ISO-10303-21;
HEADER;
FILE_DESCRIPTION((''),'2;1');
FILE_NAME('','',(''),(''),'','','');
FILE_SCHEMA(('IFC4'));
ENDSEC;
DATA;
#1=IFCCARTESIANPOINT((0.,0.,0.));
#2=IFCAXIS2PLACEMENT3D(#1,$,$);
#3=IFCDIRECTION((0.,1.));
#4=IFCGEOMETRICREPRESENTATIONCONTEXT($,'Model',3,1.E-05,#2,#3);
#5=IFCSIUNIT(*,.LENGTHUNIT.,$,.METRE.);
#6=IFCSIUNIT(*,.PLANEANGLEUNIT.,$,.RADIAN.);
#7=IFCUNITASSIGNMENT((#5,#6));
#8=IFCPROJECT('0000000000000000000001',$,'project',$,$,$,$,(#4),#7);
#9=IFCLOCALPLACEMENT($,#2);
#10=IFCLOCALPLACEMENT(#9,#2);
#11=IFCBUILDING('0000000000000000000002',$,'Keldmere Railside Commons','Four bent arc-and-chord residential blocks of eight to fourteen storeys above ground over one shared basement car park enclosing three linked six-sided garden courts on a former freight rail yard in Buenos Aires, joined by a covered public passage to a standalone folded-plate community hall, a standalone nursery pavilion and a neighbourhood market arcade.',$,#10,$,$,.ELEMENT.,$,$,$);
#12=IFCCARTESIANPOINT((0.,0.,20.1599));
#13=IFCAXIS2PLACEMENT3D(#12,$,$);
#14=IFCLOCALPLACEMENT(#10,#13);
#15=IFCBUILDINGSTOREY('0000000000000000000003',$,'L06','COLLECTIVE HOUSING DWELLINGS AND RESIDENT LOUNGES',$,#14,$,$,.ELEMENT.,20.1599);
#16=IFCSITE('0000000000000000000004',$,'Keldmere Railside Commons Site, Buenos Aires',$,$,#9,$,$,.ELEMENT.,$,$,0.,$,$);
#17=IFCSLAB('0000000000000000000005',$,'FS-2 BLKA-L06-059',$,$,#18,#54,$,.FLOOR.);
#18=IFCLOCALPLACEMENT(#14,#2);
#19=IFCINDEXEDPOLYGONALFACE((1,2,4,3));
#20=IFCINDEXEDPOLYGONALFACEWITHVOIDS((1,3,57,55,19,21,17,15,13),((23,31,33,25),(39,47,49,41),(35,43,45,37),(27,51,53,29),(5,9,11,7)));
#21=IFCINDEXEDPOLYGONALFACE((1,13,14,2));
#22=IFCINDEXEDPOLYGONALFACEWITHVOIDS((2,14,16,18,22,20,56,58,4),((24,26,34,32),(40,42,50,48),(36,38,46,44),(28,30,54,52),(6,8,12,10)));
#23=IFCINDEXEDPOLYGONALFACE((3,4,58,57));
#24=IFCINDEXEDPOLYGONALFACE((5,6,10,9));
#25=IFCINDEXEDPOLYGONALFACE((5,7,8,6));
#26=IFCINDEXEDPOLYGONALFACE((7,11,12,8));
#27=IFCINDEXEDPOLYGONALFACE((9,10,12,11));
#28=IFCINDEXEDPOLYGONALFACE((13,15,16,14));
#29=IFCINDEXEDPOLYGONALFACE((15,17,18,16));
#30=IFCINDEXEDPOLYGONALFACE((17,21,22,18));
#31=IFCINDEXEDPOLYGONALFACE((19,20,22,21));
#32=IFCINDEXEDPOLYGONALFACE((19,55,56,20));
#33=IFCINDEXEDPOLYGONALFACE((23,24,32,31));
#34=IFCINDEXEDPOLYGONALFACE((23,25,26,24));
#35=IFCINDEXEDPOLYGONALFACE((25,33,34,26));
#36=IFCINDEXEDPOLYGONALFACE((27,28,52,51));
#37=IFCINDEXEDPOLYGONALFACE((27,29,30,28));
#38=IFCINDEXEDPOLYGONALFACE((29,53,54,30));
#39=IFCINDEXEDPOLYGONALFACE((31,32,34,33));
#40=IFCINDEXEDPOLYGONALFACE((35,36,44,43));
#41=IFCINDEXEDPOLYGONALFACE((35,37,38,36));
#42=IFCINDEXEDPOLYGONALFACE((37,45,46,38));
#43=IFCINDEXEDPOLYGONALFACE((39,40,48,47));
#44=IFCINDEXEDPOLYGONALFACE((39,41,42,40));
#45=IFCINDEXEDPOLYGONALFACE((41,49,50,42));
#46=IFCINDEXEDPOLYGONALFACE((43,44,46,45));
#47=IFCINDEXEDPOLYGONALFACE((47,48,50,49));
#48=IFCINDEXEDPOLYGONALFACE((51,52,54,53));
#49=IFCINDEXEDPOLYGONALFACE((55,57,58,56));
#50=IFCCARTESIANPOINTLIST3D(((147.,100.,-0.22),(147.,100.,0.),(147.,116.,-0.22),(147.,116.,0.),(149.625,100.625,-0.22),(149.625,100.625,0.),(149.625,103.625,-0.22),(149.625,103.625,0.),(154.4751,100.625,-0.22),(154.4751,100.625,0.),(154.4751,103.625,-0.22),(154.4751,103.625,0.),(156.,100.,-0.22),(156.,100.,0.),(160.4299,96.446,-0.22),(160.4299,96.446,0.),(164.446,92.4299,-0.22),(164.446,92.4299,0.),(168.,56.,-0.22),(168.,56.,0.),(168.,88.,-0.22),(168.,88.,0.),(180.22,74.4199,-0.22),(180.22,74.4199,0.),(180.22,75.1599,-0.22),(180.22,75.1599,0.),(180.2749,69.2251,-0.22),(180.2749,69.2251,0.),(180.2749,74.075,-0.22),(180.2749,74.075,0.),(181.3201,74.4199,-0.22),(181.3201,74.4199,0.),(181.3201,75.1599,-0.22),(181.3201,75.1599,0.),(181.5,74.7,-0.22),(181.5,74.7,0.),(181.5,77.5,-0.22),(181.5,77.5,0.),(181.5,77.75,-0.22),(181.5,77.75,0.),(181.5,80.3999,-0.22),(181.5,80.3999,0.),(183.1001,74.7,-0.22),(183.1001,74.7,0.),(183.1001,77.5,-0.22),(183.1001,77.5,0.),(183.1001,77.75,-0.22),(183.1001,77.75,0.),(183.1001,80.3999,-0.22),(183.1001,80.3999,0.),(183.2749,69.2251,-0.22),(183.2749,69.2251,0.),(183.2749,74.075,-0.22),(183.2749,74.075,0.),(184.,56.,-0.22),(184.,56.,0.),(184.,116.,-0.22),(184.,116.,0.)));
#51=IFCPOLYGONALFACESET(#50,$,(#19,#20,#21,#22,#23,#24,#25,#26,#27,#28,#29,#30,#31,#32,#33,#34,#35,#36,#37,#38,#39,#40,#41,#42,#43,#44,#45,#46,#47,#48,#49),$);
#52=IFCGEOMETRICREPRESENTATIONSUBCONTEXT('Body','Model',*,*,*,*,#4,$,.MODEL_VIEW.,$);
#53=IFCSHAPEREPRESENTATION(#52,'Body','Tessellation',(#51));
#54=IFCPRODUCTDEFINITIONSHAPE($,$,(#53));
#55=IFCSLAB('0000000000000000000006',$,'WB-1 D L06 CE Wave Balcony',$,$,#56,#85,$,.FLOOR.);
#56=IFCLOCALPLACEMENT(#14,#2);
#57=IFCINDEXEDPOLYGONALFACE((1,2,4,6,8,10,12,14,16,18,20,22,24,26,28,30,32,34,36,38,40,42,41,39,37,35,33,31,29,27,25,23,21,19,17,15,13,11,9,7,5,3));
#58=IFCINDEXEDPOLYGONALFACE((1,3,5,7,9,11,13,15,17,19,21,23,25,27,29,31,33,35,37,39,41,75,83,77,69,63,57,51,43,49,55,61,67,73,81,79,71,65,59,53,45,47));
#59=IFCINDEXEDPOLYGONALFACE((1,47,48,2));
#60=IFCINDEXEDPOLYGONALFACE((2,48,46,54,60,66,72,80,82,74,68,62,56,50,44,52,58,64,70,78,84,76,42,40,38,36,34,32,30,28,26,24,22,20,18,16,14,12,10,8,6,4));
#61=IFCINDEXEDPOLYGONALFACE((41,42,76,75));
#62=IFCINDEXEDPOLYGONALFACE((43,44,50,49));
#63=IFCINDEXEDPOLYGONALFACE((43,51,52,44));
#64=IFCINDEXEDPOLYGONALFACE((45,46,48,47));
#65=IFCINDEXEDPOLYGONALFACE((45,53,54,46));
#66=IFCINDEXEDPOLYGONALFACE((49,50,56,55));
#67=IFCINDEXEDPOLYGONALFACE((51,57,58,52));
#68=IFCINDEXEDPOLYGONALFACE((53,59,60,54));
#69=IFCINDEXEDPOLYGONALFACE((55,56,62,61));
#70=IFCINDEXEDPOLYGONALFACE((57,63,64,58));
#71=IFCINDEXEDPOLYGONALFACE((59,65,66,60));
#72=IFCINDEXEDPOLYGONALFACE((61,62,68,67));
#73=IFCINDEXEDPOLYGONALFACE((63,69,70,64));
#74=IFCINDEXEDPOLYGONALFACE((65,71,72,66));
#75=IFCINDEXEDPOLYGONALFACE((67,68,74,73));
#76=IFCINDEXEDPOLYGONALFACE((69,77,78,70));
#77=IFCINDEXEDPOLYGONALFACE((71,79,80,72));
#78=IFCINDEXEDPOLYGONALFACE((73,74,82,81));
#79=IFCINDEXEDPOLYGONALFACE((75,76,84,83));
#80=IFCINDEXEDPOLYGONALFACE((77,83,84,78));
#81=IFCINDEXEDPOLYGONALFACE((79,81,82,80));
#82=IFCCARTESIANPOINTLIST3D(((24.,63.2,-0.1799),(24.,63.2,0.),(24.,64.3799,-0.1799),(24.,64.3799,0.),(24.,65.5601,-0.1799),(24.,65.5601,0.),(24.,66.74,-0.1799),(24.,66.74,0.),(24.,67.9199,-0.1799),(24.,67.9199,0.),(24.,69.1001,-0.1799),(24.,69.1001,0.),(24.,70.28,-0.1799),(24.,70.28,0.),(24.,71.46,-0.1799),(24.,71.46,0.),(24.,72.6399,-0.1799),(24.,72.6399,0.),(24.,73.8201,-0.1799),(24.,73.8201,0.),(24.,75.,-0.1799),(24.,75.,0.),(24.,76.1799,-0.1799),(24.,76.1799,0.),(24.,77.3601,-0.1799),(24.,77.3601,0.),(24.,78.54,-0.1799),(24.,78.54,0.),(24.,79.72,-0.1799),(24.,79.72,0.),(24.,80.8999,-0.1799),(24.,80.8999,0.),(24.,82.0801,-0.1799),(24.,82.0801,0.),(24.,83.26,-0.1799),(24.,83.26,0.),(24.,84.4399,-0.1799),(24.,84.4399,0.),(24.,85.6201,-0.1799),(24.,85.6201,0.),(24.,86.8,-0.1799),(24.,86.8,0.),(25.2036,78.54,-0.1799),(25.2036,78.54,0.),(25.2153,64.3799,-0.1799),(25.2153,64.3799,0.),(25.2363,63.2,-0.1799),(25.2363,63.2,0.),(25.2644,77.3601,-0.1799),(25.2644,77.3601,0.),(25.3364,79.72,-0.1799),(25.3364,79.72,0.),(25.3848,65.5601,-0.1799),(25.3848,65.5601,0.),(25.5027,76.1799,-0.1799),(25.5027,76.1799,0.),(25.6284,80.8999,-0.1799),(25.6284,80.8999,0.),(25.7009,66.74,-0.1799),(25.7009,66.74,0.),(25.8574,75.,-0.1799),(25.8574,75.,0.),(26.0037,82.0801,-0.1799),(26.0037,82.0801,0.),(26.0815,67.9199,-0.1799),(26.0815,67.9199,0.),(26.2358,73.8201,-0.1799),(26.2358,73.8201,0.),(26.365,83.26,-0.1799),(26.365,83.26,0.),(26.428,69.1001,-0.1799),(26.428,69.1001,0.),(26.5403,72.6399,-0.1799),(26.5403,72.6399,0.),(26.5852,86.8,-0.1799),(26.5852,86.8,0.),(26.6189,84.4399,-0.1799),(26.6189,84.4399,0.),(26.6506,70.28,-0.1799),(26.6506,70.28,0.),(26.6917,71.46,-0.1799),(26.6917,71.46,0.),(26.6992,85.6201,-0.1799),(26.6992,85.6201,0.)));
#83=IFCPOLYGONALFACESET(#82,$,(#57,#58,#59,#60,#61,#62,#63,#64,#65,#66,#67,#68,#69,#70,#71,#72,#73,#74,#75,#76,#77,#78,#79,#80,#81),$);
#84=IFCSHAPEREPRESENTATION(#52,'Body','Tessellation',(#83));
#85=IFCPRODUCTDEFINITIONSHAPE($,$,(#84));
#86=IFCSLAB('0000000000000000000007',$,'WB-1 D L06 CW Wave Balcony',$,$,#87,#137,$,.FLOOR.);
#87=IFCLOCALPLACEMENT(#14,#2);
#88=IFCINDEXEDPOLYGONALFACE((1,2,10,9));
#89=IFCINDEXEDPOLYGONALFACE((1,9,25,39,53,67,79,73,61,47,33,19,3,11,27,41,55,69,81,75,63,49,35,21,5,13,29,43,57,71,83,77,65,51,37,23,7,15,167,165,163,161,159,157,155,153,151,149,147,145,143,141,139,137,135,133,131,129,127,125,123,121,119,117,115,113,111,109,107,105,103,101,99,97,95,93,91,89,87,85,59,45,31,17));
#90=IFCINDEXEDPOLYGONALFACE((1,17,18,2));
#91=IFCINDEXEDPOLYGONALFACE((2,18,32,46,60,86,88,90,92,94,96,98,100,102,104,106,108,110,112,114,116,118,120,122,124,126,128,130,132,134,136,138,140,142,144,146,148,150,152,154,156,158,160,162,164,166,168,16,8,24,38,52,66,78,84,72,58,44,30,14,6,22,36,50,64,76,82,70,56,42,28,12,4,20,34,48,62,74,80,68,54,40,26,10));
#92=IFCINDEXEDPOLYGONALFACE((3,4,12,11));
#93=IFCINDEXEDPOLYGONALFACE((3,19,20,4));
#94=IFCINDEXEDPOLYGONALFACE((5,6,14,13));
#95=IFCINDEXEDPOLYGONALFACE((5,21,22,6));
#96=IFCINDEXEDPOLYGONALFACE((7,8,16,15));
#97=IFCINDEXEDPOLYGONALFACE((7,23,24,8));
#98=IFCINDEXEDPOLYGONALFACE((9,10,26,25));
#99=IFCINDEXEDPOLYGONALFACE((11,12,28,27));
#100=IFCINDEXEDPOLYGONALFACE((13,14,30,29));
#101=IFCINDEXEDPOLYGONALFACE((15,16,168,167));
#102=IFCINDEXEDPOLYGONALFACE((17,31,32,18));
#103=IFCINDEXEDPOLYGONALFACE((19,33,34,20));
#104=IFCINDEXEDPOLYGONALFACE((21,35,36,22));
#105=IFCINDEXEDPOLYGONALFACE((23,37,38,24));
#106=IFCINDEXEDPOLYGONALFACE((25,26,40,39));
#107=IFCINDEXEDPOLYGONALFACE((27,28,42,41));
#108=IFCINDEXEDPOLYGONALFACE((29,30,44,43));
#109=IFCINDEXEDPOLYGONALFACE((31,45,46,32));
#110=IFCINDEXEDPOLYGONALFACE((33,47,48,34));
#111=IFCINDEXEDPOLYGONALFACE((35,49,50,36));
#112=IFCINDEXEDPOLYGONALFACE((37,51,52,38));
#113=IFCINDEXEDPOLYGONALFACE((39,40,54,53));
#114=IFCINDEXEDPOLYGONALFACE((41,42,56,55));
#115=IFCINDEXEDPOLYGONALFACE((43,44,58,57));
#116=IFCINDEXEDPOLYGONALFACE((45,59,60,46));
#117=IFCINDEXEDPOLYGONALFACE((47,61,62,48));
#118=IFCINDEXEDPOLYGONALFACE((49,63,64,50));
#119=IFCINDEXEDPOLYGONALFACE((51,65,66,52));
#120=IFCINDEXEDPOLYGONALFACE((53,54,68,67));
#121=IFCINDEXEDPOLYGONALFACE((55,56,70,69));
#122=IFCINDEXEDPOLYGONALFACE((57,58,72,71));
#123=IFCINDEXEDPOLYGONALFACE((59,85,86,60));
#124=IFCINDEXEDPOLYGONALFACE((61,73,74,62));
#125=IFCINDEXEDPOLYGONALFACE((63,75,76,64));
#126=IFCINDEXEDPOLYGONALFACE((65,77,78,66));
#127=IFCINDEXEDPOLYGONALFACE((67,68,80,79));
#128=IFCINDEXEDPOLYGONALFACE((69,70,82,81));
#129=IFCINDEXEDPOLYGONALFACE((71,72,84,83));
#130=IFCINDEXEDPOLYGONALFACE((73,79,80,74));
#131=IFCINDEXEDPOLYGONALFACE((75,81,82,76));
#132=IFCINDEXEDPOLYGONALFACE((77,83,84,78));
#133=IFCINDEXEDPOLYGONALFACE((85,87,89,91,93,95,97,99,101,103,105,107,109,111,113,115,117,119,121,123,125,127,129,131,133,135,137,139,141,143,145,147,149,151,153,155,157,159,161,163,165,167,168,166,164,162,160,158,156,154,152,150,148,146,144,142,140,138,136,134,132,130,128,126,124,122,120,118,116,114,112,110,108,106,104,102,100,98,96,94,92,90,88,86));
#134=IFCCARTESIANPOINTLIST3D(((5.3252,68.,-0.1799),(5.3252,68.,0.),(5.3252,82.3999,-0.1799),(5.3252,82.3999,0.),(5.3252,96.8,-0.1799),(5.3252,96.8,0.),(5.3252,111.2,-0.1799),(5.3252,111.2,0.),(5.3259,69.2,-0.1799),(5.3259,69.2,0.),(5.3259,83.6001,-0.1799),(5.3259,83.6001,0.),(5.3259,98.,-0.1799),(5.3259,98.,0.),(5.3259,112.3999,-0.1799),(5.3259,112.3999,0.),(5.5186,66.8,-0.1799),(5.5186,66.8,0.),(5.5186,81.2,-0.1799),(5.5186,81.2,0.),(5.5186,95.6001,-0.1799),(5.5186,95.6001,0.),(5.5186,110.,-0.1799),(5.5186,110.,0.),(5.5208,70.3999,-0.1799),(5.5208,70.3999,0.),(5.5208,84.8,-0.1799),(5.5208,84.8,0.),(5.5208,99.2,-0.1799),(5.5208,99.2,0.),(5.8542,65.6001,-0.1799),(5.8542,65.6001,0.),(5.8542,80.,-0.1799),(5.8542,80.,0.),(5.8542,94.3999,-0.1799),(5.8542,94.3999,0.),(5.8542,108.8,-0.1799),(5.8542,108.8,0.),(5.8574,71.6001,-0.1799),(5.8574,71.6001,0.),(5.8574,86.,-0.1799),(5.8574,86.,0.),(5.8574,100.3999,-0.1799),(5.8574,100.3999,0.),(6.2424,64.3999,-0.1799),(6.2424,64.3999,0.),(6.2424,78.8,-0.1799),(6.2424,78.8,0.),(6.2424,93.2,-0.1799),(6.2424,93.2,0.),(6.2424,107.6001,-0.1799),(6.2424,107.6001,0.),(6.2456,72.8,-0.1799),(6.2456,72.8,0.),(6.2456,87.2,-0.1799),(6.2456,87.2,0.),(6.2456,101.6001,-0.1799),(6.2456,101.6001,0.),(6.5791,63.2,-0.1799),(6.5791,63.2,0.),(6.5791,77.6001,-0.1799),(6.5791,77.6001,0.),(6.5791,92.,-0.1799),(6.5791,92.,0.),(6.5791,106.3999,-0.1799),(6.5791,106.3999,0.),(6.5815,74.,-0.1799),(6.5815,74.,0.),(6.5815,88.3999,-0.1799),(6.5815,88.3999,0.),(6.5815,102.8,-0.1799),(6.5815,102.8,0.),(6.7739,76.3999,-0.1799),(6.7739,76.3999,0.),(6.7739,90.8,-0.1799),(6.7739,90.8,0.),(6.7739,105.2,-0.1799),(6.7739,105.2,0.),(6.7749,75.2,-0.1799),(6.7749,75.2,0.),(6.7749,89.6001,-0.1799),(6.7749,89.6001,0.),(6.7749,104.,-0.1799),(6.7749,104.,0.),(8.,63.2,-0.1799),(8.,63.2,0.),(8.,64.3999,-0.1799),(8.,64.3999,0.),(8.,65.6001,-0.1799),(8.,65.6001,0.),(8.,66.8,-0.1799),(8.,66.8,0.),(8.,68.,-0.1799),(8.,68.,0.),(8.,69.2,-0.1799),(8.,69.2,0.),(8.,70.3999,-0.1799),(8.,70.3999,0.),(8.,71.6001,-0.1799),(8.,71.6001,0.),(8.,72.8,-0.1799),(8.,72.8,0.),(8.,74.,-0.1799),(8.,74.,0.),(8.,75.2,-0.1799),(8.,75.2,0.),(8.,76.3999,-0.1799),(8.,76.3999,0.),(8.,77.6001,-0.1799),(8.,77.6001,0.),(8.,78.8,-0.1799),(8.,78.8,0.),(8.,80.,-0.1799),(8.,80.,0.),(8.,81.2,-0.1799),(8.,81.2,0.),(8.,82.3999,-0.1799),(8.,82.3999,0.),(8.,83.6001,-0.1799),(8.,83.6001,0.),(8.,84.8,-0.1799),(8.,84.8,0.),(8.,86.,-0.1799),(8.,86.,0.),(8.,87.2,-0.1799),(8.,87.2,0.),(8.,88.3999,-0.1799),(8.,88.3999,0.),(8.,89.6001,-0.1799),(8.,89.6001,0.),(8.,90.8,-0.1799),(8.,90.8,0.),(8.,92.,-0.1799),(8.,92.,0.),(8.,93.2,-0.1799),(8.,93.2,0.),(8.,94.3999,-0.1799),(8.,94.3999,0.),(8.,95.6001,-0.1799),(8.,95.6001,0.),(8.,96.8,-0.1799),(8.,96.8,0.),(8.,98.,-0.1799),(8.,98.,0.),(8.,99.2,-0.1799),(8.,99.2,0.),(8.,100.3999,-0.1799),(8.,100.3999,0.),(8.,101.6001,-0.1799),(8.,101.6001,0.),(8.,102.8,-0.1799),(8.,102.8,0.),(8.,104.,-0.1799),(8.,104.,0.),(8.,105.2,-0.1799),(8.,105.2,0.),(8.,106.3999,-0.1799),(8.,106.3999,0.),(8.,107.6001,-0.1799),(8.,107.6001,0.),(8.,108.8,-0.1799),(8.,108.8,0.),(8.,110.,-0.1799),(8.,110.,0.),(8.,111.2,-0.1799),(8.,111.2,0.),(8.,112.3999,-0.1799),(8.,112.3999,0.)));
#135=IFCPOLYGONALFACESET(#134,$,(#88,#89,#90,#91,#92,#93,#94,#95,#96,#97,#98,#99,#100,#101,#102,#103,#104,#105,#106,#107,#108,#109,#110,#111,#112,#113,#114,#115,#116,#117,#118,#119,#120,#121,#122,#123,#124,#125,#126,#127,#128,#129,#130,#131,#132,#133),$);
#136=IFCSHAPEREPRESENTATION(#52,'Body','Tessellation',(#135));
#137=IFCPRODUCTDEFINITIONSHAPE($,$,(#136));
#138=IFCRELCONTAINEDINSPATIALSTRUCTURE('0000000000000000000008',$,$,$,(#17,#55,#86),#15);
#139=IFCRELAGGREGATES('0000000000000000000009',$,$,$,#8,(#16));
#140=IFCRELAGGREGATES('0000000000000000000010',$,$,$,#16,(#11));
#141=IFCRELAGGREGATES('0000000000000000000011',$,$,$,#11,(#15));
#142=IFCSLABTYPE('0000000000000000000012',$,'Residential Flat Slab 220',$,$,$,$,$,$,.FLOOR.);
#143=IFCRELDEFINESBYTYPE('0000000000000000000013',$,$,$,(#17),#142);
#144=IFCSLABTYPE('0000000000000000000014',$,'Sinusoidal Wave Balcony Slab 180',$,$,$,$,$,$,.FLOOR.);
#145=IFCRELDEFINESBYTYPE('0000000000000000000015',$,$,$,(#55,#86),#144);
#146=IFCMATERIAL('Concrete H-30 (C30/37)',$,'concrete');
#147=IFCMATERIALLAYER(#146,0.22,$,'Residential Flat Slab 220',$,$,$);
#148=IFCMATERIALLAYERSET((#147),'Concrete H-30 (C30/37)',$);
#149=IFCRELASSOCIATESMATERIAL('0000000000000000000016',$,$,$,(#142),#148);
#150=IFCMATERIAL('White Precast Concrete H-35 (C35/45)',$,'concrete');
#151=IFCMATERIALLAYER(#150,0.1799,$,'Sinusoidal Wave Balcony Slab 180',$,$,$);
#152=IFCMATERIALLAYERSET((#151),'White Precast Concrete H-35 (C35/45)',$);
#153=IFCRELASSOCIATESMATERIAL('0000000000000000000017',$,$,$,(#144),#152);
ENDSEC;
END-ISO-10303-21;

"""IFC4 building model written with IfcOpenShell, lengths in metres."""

from ifc_helpers import new_model, si_unit, direction, frame, origin, place, context, subcontext, project, spatial, polyline, outline, extrude, material, layer, layer_set, type_object, element, save


model = new_model("IFC4")

# Units and contexts
model_context = context("Model", 3, precision=1e-05, world=origin(), true_north=direction((0.0, 1.0)))
body_context = subcontext(model_context, "Body", "Model", "MODEL_VIEW")
ifc_project = project(units=[si_unit("LENGTHUNIT", "METRE"), si_unit("PLANEANGLEUNIT", "RADIAN")], contexts=[model_context])

# Site, building, storey
site_placement = place(None, origin())
site = spatial("IfcSite", under=ifc_project, at=site_placement, Name="Keldmere Railside Commons Site, Buenos Aires", CompositionType="ELEMENT", RefElevation=0.0)
building_placement = place(site_placement, origin())
building = spatial("IfcBuilding", under=site, at=building_placement, Name="Keldmere Railside Commons", Description="Four bent arc-and-chord residential blocks of eight to fourteen storeys above ground over one shared basement car park enclosing three linked six-sided garden courts on a former freight rail yard in Buenos Aires, joined by a covered public passage to a standalone folded-plate community hall, a standalone nursery pavilion and a neighbourhood market arcade.", CompositionType="ELEMENT")
storey_placement = place(building_placement, frame((0.0, 0.0, 20.1599)))
storey = spatial("IfcBuildingStorey", under=building, at=storey_placement, Name="L06", Description="COLLECTIVE HOUSING DWELLINGS AND RESIDENT LOUNGES", CompositionType="ELEMENT", Elevation=20.1599)

# Slabs
ifc_material_1 = material(Name="Concrete H-30 (C30/37)", Category="concrete")
ifc_layer_1 = layer(ifc_material_1, 0.22, Name="Residential Flat Slab 220")
ifc_layer_set_1 = layer_set([ifc_layer_1], Name="Concrete H-30 (C30/37)")
slab_type_1 = type_object("IfcSlabType", Name="Residential Flat Slab 220", PredefinedType="FLOOR", material=ifc_layer_set_1)
slab_1_placement = place(storey_placement, frame((0.0, 0.0, -0.22)))
element("IfcSlab", 1, at=slab_1_placement, inside=storey, type_object=slab_type_1, Name="FS-2 BLKA-L06-059", PredefinedType="FLOOR", context=body_context, shape_type="SweptSolid", body=[
    extrude(outline(polyline([(168.0, 56.0), (184.0, 56.0), (184.0, 116.0), (147.0, 116.0), (147.0, 100.0), (156.0, 100.0), (160.4299, 96.446), (164.446, 92.4299), (168.0, 88.0), (168.0, 56.0)]), holes=[polyline([(183.2749, 69.2251), (180.2749, 69.2251), (180.2749, 74.075), (183.2749, 74.075), (183.2749, 69.2251)]), polyline([(180.22, 74.4199), (180.22, 75.1599), (181.3201, 75.1599), (181.3201, 74.4199), (180.22, 74.4199)]), polyline([(183.1001, 74.7), (181.5, 74.7), (181.5, 77.5), (183.1001, 77.5), (183.1001, 74.7)]), polyline([(183.1001, 77.75), (181.5, 77.75), (181.5, 80.3999), (183.1001, 80.3999), (183.1001, 77.75)]), polyline([(149.625, 103.625), (154.4751, 103.625), (154.4751, 100.625), (149.625, 100.625), (149.625, 103.625)])]), origin(), (0.0, 0.0, 1.0), 0.22),
])
ifc_material_2 = material(Name="White Precast Concrete H-35 (C35/45)", Category="concrete")
ifc_layer_2 = layer(ifc_material_2, 0.1799, Name="Sinusoidal Wave Balcony Slab 180")
ifc_layer_set_2 = layer_set([ifc_layer_2], Name="White Precast Concrete H-35 (C35/45)")
slab_type_2 = type_object("IfcSlabType", Name="Sinusoidal Wave Balcony Slab 180", PredefinedType="FLOOR", material=ifc_layer_set_2)
slab_2_placement = place(storey_placement, frame((0.0, 0.0, -0.1799)))
element("IfcSlab", 2, at=slab_2_placement, inside=storey, type_object=slab_type_2, Name="WB-1 D L06 CE Wave Balcony", PredefinedType="FLOOR", context=body_context, shape_type="SweptSolid", body=[
    extrude(outline(polyline([(25.2363, 63.2), (25.2153, 64.3799), (25.3848, 65.5601), (25.7009, 66.74), (26.0815, 67.9199), (26.428, 69.1001), (26.6506, 70.28), (26.6917, 71.46), (26.5403, 72.6399), (26.2358, 73.8201), (25.8574, 75.0), (25.5027, 76.1799), (25.2644, 77.3601), (25.2036, 78.54), (25.3364, 79.72), (25.6284, 80.8999), (26.0037, 82.0801), (26.365, 83.26), (26.6189, 84.4399), (26.6992, 85.6201), (26.5852, 86.8), (24.0, 86.8), (24.0, 85.6201), (24.0, 84.4399), (24.0, 83.26), (24.0, 82.0801), (24.0, 80.8999), (24.0, 79.72), (24.0, 78.54), (24.0, 77.3601), (24.0, 76.1799), (24.0, 75.0), (24.0, 73.8201), (24.0, 72.6399), (24.0, 71.46), (24.0, 70.28), (24.0, 69.1001), (24.0, 67.9199), (24.0, 66.74), (24.0, 65.5601), (24.0, 64.3799), (24.0, 63.2), (25.2363, 63.2)])), origin(), (0.0, 0.0, 1.0), 0.1799),
])
slab_3_placement = place(storey_placement, frame((0.0, 0.0, -0.1799)))
element("IfcSlab", 3, at=slab_3_placement, inside=storey, type_object=slab_type_2, Name="WB-1 D L06 CW Wave Balcony", PredefinedType="FLOOR", context=body_context, shape_type="SweptSolid", body=[
    extrude(outline(polyline([(8.0, 63.2), (8.0, 64.3999), (8.0, 65.6001), (8.0, 66.8), (8.0, 68.0), (8.0, 69.2), (8.0, 70.3999), (8.0, 71.6001), (8.0, 72.8), (8.0, 74.0), (8.0, 75.2), (8.0, 76.3999), (8.0, 77.6001), (8.0, 78.8), (8.0, 80.0), (8.0, 81.2), (8.0, 82.3999), (8.0, 83.6001), (8.0, 84.8), (8.0, 86.0), (8.0, 87.2), (8.0, 88.3999), (8.0, 89.6001), (8.0, 90.8), (8.0, 92.0), (8.0, 93.2), (8.0, 94.3999), (8.0, 95.6001), (8.0, 96.8), (8.0, 98.0), (8.0, 99.2), (8.0, 100.3999), (8.0, 101.6001), (8.0, 102.8), (8.0, 104.0), (8.0, 105.2), (8.0, 106.3999), (8.0, 107.6001), (8.0, 108.8), (8.0, 110.0), (8.0, 111.2), (8.0, 112.3999), (5.3259, 112.3999), (5.3252, 111.2), (5.5186, 110.0), (5.8542, 108.8), (6.2424, 107.6001), (6.5791, 106.3999), (6.7739, 105.2), (6.7749, 104.0), (6.5815, 102.8), (6.2456, 101.6001), (5.8574, 100.3999), (5.5208, 99.2), (5.3259, 98.0), (5.3252, 96.8), (5.5186, 95.6001), (5.8542, 94.3999), (6.2424, 93.2), (6.5791, 92.0), (6.7739, 90.8), (6.7749, 89.6001), (6.5815, 88.3999), (6.2456, 87.2), (5.8574, 86.0), (5.5208, 84.8), (5.3259, 83.6001), (5.3252, 82.3999), (5.5186, 81.2), (5.8542, 80.0), (6.2424, 78.8), (6.5791, 77.6001), (6.7739, 76.3999), (6.7749, 75.2), (6.5815, 74.0), (6.2456, 72.8), (5.8574, 71.6001), (5.5208, 70.3999), (5.3259, 69.2), (5.3252, 68.0), (5.5186, 66.8), (5.8542, 65.6001), (6.2424, 64.3999), (6.5791, 63.2), (8.0, 63.2)])), origin(), (0.0, 0.0, 1.0), 0.1799),
])

save(model, "model.ifc")
